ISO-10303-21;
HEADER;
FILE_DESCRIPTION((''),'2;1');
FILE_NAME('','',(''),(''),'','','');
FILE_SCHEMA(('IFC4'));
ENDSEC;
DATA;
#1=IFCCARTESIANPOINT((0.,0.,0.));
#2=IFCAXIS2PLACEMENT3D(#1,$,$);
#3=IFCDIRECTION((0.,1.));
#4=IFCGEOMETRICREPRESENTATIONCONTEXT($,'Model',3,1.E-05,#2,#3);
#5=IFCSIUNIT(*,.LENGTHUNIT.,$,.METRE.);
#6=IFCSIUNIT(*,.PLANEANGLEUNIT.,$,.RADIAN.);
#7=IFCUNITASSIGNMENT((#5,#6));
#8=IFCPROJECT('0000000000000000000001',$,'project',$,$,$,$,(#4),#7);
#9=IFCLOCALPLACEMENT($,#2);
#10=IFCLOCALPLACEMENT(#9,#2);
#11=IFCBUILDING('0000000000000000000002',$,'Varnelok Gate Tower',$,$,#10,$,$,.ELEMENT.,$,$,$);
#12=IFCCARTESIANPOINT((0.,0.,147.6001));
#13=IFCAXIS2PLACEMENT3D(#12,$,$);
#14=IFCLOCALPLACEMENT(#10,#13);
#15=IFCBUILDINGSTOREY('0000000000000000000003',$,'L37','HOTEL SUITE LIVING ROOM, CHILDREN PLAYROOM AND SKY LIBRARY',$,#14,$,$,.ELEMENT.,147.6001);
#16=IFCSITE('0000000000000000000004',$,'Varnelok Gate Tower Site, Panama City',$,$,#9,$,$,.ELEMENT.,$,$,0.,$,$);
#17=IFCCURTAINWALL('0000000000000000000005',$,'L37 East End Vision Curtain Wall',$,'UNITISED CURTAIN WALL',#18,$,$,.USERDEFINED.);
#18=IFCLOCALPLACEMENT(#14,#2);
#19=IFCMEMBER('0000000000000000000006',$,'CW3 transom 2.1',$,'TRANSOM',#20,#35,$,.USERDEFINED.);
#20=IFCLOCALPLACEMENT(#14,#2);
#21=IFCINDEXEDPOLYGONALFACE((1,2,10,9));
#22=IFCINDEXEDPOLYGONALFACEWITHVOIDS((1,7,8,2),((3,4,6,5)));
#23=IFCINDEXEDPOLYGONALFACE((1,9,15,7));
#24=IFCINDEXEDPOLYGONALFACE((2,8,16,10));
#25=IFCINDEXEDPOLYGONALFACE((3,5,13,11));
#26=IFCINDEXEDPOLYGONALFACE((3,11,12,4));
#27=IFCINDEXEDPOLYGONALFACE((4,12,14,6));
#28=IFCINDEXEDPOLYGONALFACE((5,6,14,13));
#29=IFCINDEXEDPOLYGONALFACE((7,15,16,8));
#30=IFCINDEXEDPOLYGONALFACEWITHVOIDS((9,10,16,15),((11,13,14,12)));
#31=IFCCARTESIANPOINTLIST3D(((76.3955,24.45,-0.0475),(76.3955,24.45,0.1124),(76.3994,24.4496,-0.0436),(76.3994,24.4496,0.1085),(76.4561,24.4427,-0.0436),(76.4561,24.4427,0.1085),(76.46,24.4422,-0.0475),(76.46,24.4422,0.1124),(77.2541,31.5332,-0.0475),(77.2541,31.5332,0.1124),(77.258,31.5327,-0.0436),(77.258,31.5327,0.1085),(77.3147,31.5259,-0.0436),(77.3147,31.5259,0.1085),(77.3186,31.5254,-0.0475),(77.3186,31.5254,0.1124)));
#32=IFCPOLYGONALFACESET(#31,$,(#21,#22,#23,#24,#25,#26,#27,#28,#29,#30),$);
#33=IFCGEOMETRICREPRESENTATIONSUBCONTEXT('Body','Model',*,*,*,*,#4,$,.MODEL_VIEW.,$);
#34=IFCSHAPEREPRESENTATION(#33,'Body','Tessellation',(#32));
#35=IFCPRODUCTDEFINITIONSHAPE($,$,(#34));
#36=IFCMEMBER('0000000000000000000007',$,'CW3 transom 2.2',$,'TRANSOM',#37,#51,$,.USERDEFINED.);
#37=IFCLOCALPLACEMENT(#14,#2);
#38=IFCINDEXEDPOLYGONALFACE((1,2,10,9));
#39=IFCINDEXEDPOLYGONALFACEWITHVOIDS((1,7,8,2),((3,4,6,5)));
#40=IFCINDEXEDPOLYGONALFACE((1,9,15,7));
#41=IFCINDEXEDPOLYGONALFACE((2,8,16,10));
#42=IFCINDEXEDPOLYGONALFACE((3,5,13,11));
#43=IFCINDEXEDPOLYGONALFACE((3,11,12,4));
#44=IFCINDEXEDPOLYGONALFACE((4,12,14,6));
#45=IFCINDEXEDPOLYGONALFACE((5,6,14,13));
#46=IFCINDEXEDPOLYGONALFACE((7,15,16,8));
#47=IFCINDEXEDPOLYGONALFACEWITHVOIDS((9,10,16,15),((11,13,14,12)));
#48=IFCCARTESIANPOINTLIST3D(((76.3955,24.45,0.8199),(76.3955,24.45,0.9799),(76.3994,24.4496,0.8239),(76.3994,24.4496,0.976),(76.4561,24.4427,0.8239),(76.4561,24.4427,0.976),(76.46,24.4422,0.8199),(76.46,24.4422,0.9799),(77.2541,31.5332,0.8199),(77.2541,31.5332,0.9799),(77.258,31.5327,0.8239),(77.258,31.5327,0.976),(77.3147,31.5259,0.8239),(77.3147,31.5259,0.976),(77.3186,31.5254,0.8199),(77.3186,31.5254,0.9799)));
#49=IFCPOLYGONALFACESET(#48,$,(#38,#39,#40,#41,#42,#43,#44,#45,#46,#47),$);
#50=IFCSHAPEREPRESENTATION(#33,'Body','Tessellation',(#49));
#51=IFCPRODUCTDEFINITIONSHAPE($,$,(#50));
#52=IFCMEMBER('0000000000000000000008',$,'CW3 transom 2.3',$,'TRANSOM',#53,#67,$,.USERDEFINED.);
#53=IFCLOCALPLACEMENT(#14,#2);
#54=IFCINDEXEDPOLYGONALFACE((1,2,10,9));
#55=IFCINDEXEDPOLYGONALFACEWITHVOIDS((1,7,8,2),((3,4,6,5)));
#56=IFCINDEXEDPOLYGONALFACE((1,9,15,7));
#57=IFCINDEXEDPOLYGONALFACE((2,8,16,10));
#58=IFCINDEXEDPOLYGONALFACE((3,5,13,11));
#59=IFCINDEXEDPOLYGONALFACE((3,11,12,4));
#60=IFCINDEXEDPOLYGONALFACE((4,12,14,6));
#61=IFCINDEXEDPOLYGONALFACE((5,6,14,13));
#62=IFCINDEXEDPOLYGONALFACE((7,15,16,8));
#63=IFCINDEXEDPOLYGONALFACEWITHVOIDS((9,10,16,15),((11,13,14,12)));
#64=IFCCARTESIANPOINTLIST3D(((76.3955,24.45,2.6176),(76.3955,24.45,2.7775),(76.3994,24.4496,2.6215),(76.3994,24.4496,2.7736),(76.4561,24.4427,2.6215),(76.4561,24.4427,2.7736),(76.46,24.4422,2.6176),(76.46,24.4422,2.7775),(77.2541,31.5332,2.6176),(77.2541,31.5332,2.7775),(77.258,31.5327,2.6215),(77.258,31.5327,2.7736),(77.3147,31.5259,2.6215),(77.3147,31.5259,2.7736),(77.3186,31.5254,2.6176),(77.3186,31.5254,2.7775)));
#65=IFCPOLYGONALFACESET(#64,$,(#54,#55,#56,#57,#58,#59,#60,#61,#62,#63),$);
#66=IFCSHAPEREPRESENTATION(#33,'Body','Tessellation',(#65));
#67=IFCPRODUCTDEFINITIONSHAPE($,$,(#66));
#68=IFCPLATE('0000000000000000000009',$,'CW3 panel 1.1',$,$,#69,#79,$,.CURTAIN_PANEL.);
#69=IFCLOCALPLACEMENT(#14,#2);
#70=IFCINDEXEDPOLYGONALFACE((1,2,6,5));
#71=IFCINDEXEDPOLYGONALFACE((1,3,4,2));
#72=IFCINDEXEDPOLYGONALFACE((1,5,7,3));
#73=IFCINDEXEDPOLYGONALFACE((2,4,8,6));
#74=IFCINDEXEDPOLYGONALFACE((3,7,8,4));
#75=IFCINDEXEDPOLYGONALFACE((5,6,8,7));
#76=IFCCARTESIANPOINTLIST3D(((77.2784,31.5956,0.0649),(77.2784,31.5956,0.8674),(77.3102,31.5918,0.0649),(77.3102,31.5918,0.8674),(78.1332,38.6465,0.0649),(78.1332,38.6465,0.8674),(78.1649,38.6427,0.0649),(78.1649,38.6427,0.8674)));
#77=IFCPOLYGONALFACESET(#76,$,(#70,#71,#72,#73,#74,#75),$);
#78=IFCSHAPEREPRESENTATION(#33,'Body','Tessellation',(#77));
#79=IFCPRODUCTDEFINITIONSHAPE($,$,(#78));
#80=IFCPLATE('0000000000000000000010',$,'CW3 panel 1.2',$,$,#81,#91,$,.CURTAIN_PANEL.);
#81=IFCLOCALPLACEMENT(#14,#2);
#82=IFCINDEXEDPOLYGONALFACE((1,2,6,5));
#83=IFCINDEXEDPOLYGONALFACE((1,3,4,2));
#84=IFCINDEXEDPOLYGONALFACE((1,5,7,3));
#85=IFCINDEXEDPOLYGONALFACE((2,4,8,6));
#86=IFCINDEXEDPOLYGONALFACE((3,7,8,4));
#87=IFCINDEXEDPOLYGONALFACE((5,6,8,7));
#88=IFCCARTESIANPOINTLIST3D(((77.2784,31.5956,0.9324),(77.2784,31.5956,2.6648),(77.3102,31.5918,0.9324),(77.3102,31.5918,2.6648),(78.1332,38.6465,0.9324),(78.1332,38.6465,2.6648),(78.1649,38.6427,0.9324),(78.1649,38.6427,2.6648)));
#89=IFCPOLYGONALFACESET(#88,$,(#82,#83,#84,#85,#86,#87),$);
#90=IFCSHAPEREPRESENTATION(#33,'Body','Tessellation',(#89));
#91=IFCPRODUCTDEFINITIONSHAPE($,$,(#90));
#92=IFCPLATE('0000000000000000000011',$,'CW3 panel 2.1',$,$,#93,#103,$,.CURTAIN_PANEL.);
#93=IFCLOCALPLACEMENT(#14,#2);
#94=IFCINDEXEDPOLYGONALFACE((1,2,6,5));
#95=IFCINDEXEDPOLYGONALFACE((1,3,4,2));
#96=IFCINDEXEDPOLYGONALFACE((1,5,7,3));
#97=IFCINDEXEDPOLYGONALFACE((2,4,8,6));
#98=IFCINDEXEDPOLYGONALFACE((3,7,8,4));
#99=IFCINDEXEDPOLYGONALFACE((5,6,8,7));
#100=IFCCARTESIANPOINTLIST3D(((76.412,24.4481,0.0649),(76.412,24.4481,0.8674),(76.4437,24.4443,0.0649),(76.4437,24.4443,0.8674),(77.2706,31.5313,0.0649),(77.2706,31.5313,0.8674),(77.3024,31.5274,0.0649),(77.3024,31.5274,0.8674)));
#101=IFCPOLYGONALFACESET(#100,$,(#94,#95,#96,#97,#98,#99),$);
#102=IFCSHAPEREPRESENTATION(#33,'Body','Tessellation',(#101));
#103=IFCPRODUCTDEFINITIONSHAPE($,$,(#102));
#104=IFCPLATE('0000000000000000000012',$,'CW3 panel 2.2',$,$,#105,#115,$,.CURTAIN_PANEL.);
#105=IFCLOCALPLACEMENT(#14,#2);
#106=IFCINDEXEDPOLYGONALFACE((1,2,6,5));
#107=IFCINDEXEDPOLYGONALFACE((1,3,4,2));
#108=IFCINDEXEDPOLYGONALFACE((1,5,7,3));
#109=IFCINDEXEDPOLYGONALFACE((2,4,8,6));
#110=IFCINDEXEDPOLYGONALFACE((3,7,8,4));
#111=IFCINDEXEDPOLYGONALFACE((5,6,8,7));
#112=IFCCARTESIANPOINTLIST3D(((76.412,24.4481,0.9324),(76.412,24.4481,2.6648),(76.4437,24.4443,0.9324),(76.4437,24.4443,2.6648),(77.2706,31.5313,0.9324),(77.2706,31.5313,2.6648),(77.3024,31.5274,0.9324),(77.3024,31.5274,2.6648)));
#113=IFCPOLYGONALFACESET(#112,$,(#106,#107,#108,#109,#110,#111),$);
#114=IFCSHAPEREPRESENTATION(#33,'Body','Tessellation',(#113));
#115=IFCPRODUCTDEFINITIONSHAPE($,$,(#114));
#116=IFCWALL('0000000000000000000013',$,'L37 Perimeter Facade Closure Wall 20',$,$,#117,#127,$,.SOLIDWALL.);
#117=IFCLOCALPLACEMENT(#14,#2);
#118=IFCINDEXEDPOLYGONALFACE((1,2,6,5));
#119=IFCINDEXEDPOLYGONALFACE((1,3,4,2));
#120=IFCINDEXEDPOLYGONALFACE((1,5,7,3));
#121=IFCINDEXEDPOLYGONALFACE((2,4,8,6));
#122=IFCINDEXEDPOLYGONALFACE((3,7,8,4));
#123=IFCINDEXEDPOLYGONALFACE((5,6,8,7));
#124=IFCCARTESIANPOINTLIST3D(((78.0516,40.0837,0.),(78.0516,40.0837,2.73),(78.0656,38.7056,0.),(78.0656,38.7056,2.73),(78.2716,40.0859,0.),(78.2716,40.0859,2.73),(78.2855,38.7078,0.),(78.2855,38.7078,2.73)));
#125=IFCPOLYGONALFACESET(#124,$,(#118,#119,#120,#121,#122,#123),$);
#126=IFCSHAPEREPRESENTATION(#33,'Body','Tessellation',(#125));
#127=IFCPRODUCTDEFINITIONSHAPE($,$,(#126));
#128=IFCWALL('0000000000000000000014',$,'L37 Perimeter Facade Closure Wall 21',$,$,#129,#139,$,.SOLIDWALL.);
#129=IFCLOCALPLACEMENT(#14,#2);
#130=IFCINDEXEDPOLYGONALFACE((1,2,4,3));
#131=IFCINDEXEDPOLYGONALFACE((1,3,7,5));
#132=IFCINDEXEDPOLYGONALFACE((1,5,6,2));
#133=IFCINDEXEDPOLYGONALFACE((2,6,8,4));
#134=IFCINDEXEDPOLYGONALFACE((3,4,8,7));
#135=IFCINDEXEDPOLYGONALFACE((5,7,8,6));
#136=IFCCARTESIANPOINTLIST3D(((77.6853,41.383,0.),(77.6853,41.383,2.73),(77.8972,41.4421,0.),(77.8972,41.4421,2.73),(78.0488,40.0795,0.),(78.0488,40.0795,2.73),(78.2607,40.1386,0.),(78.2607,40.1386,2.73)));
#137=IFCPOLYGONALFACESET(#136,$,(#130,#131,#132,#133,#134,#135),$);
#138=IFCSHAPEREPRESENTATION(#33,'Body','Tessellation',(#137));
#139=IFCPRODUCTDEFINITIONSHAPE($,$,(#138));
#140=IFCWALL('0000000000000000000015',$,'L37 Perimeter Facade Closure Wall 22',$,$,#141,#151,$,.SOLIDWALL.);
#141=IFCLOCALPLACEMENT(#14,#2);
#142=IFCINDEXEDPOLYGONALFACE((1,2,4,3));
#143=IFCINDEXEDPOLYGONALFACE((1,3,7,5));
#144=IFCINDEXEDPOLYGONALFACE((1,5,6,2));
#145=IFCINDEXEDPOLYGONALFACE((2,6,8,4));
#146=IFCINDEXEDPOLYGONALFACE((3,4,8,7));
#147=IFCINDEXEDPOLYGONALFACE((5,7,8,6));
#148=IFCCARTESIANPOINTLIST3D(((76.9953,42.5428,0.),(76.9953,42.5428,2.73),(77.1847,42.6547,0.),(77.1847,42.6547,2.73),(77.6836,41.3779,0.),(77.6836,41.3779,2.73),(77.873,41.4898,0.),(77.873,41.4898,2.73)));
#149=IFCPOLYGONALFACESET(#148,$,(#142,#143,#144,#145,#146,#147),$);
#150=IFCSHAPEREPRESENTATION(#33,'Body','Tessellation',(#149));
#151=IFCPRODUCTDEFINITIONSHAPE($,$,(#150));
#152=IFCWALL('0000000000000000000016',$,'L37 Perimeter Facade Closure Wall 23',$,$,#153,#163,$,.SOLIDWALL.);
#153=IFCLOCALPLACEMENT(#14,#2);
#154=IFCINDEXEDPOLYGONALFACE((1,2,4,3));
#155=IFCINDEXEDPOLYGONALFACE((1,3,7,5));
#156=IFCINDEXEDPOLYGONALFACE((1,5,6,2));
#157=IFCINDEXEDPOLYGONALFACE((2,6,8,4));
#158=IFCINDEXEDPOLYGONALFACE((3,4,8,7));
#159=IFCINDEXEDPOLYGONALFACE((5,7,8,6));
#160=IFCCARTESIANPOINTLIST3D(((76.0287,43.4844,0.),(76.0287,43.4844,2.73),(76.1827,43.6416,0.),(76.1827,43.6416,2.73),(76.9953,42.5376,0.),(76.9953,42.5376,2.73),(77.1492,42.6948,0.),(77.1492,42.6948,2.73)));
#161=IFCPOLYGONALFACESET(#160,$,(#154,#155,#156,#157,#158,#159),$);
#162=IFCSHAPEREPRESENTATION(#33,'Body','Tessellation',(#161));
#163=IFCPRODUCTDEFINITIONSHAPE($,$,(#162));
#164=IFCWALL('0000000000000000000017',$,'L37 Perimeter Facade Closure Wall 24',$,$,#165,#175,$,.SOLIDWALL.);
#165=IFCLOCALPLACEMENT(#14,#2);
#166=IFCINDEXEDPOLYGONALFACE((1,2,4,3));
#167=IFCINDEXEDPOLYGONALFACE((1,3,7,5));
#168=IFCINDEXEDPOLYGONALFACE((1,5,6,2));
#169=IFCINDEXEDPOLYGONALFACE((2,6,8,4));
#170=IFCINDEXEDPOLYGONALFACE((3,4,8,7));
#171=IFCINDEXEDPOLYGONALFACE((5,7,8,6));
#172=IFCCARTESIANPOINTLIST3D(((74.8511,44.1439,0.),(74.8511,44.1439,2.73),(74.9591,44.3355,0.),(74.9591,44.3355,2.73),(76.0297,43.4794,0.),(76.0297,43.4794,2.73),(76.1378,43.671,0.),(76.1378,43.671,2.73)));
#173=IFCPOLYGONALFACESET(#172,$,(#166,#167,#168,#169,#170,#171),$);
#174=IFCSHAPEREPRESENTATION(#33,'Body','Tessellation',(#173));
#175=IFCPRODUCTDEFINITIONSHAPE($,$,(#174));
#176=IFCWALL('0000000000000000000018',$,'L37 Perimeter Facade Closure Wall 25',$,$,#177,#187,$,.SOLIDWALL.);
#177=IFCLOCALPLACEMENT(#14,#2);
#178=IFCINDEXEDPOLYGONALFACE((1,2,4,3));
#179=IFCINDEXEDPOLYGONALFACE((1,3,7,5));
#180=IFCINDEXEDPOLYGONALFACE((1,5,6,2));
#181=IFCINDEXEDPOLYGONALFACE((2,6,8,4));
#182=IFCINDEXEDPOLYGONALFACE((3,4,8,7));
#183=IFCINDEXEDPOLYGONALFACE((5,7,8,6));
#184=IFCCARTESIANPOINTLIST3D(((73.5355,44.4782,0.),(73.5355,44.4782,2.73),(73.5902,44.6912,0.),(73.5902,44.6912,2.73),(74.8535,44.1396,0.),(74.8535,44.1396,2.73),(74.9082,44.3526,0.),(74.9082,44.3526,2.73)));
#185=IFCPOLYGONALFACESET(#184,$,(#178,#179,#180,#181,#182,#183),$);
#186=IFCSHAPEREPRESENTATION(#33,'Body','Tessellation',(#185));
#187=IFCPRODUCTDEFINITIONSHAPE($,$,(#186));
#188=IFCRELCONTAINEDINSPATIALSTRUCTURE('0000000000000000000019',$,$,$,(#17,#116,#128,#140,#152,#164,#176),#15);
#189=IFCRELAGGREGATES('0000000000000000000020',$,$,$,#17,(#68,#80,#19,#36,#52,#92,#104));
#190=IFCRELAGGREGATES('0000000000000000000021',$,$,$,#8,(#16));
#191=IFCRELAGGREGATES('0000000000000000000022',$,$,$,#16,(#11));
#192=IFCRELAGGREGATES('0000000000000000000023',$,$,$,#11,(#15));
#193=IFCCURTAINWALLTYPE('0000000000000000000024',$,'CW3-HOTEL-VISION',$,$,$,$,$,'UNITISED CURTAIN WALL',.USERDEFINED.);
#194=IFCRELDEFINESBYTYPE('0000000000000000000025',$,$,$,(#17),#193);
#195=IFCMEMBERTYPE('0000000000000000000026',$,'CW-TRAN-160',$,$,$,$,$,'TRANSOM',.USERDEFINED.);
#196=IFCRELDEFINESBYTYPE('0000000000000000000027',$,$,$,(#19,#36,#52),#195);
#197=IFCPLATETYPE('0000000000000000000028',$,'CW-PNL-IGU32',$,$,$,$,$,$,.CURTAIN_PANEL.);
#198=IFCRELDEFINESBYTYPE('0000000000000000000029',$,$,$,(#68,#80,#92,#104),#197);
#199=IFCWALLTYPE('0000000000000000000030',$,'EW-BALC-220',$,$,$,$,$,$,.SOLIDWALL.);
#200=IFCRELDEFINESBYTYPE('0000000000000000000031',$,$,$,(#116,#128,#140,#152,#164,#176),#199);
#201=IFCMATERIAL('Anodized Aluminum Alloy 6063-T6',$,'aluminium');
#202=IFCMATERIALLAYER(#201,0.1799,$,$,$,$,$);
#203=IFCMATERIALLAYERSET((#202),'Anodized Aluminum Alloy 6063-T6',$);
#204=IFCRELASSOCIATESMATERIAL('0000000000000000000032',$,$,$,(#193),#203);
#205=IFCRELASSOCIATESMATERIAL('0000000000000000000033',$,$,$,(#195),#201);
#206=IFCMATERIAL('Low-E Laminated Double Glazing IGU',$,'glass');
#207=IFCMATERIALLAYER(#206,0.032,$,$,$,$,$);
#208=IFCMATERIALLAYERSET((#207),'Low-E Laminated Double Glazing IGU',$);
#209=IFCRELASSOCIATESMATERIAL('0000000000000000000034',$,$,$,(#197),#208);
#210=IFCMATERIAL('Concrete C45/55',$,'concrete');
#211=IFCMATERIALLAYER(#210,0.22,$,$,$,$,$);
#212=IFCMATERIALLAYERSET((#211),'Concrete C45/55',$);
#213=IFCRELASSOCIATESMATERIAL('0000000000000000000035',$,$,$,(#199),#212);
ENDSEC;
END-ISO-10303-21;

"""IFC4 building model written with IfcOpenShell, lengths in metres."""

from ifc_helpers import new_model, si_unit, direction, frame, frame_2d, origin, origin_2d, place, context, subcontext, project, spatial, rectangle, hollow_rectangle, extrude, source, transform, mapped, material, layer, layer_set, material_profile, profile_set, type_object, element, aggregate, save


model = new_model("IFC4")

# Units and contexts
model_context = context("Model", 3, precision=1e-05, world=origin(), true_north=direction((0.0, 1.0)))
body_context = subcontext(model_context, "Body", "Model", "MODEL_VIEW")
ifc_project = project(units=[si_unit("LENGTHUNIT", "METRE"), si_unit("PLANEANGLEUNIT", "RADIAN")], contexts=[model_context])

# Site, building, storey
site_placement = place(None, origin())
site = spatial("IfcSite", under=ifc_project, at=site_placement, Name="Varnelok Gate Tower Site, Panama City", CompositionType="ELEMENT", RefElevation=0.0)
building_placement = place(site_placement, origin())
building = spatial("IfcBuilding", under=site, at=building_placement, Name="Varnelok Gate Tower", CompositionType="ELEMENT")
storey_placement = place(building_placement, frame((0.0, 0.0, 147.6001)))
storey = spatial("IfcBuildingStorey", under=building, at=storey_placement, Name="L37", Description="HOTEL SUITE LIVING ROOM, CHILDREN PLAYROOM AND SKY LIBRARY", CompositionType="ELEMENT", Elevation=147.6001)

# Curtain wall, members, plates
ifc_material_1 = material(Name="Anodized Aluminum Alloy 6063-T6", Category="aluminium")
ifc_layer_1 = layer(ifc_material_1, 0.1799)
ifc_layer_set_1 = layer_set([ifc_layer_1], Name="Anodized Aluminum Alloy 6063-T6")
curtain_wall_type = type_object("IfcCurtainWallType", Name="CW3-HOTEL-VISION", ElementType="UNITISED CURTAIN WALL", PredefinedType="USERDEFINED", material=ifc_layer_set_1)
curtain_wall_placement = place(storey_placement, origin())
curtain_wall = element("IfcCurtainWall", 1, at=curtain_wall_placement, inside=storey, type_object=curtain_wall_type, Name="L37 East End Vision Curtain Wall", ObjectType="UNITISED CURTAIN WALL", PredefinedType="USERDEFINED")
ifc_material_profile_1 = material_profile(ifc_material_1, hollow_rectangle(XDim=0.0649, YDim=0.1599, WallThickness=0.0039, at=origin_2d()), Name="ALU160X65X4")
ifc_profile_set_1 = profile_set([ifc_material_profile_1], Name="Anodized Aluminum Alloy 6063-T6")
member_type_1 = type_object("IfcMemberType", Name="CW-TRAN-160", ElementType="TRANSOM", PredefinedType="USERDEFINED", material=ifc_profile_set_1)
member_1_placement = place(storey_placement, frame((77.2864, 31.5293, 0.0325), z_axis=(-0.120341, -0.992733, 0.0), x_axis=(0.992733, -0.120341, 0.0)))
member_1 = element("IfcMember", 2, at=member_1_placement, type_object=member_type_1, Name="CW3 transom 2.1", ObjectType="TRANSOM", PredefinedType="USERDEFINED", context=body_context, shape_type="SweptSolid", body=[
    extrude(hollow_rectangle(XDim=0.0649, YDim=0.1599, WallThickness=0.0039, at=origin_2d()), origin(), (0.0, 0.0, 1.0), 7.135),
])
member_2_placement = place(storey_placement, frame((77.2864, 31.5293, 0.8999), z_axis=(-0.120341, -0.992733, 0.0), x_axis=(0.992733, -0.120341, 0.0)))
member_2 = element("IfcMember", 3, at=member_2_placement, type_object=member_type_1, Name="CW3 transom 2.2", ObjectType="TRANSOM", PredefinedType="USERDEFINED", context=body_context, shape_type="SweptSolid", body=[
    extrude(hollow_rectangle(XDim=0.0649, YDim=0.1599, WallThickness=0.0039, at=origin_2d()), origin(), (0.0, 0.0, 1.0), 7.135),
])
member_3_placement = place(storey_placement, frame((77.2864, 31.5293, 2.6975), z_axis=(-0.120341, -0.992733, 0.0), x_axis=(0.992733, -0.120341, 0.0)))
member_3 = element("IfcMember", 4, at=member_3_placement, type_object=member_type_1, Name="CW3 transom 2.3", ObjectType="TRANSOM", PredefinedType="USERDEFINED", context=body_context, shape_type="SweptSolid", body=[
    extrude(hollow_rectangle(XDim=0.0649, YDim=0.1599, WallThickness=0.0039, at=origin_2d()), origin(), (0.0, 0.0, 1.0), 7.135),
])
ifc_material_2 = material(Name="Low-E Laminated Double Glazing IGU", Category="glass")
ifc_layer_2 = layer(ifc_material_2, 0.032)
ifc_layer_set_2 = layer_set([ifc_layer_2], Name="Low-E Laminated Double Glazing IGU")
plate_type = type_object("IfcPlateType", Name="CW-PNL-IGU32", PredefinedType="CURTAIN_PANEL", material=ifc_layer_set_2)
shared_shape_1 = source(origin(), body_context, "Body", "SweptSolid", [
    extrude(rectangle(XDim=7.1025, YDim=0.032, at=origin_2d()), origin(), (0.0, 0.0, 1.0), 0.8025),
])
plate_1_placement = place(storey_placement, frame((77.7217, 35.1191, 0.0649), z_axis=(0.0, 0.0, 1.0), x_axis=(-0.120347, -0.992732, 0.0)))
plate_1 = element("IfcPlate", 5, at=plate_1_placement, type_object=plate_type, Name="CW3 panel 1.1", PredefinedType="CURTAIN_PANEL", context=body_context, shape_type="MappedRepresentation", body=[
    mapped(shared_shape_1, transform((0.0, 0.0, 0.0), scale=1.0)),
])
shared_shape_2 = source(origin(), body_context, "Body", "SweptSolid", [
    extrude(rectangle(XDim=7.1025, YDim=0.032, at=origin_2d()), origin(), (0.0, 0.0, 1.0), 1.7324),
])
plate_2_placement = place(storey_placement, frame((77.7217, 35.1191, 0.9324), z_axis=(0.0, 0.0, 1.0), x_axis=(-0.120347, -0.992732, 0.0)))
plate_2 = element("IfcPlate", 6, at=plate_2_placement, type_object=plate_type, Name="CW3 panel 1.2", PredefinedType="CURTAIN_PANEL", context=body_context, shape_type="MappedRepresentation", body=[
    mapped(shared_shape_2, transform((0.0, 0.0, 0.0), scale=1.0)),
])
shared_shape_3 = source(origin(), body_context, "Body", "SweptSolid", [
    extrude(rectangle(XDim=7.135, YDim=0.032, at=origin_2d()), origin(), (0.0, 0.0, 1.0), 0.8025),
])
plate_3_placement = place(storey_placement, frame((76.8572, 27.9878, 0.0649), z_axis=(0.0, 0.0, 1.0), x_axis=(-0.120347, -0.992732, 0.0)))
plate_3 = element("IfcPlate", 7, at=plate_3_placement, type_object=plate_type, Name="CW3 panel 2.1", PredefinedType="CURTAIN_PANEL", context=body_context, shape_type="MappedRepresentation", body=[
    mapped(shared_shape_3, transform((0.0, 0.0, 0.0), scale=1.0)),
])
shared_shape_4 = source(origin(), body_context, "Body", "SweptSolid", [
    extrude(rectangle(XDim=7.135, YDim=0.032, at=origin_2d()), origin(), (0.0, 0.0, 1.0), 1.7324),
])
plate_4_placement = place(storey_placement, frame((76.8572, 27.9878, 0.9324), z_axis=(0.0, 0.0, 1.0), x_axis=(-0.120347, -0.992732, 0.0)))
plate_4 = element("IfcPlate", 8, at=plate_4_placement, type_object=plate_type, Name="CW3 panel 2.2", PredefinedType="CURTAIN_PANEL", context=body_context, shape_type="MappedRepresentation", body=[
    mapped(shared_shape_4, transform((0.0, 0.0, 0.0), scale=1.0)),
])
aggregate(curtain_wall, [plate_1, plate_2, member_1, member_2, member_3, plate_3, plate_4])

# Walls
ifc_material_3 = material(Name="Concrete C45/55", Category="concrete")
ifc_layer_3 = layer(ifc_material_3, 0.22)
ifc_layer_set_3 = layer_set([ifc_layer_3], Name="Concrete C45/55")
wall_type_1 = type_object("IfcWallType", Name="EW-BALC-220", PredefinedType="SOLIDWALL", material=ifc_layer_set_3)
wall_1_placement = place(storey_placement, frame((78.1755, 38.7068, 0.0), z_axis=(0.0, 0.0, 1.0), x_axis=(-0.010097, 0.999949, 0.0)))
element("IfcWall", 9, at=wall_1_placement, inside=storey, type_object=wall_type_1, Name="L37 Perimeter Facade Closure Wall 20", PredefinedType="SOLIDWALL", context=body_context, shape_type="SweptSolid", body=[
    extrude(rectangle(XDim=1.3782, YDim=0.22, at=frame_2d((0.689, 0.0))), origin(), (0.0, 0.0, 1.0), 2.73),
])
wall_2_placement = place(storey_placement, frame((78.1548, 40.1089, 0.0), z_axis=(0.0, 0.0, 1.0), x_axis=(-0.268639, 0.963241, 0.0)))
element("IfcWall", 10, at=wall_2_placement, inside=storey, type_object=wall_type_1, Name="L37 Perimeter Facade Closure Wall 21", PredefinedType="SOLIDWALL", context=body_context, shape_type="SweptSolid", body=[
    extrude(rectangle(XDim=1.3533, YDim=0.22, at=frame_2d((0.6768, 0.0))), origin(), (0.0, 0.0, 1.0), 2.73),
])
for number, where, z_axis, x_axis, name in (
    (11, (77.7783, 41.4338, 0.0), (0.0, 0.0, 1.0), (-0.508699, 0.860944, 0.0), "L37 Perimeter Facade Closure Wall 22"),
    (12, (77.0723, 42.6162, 0.0), (0.0, 0.0, 1.0), (-0.714377, 0.699761, 0.0), "L37 Perimeter Facade Closure Wall 23"),
    (13, (76.0837, 43.5752, 0.0), (0.0, 0.0, 1.0), (-0.871093, 0.491118, 0.0), "L37 Perimeter Facade Closure Wall 24"),
):
    element("IfcWall", number, at=place(storey_placement, frame(where, z_axis=z_axis, x_axis=x_axis)), inside=storey, type_object=wall_type_1, Name=name, PredefinedType="SOLIDWALL", context=body_context, shape_type="SweptSolid", body=[
        extrude(rectangle(XDim=1.353, YDim=0.22, at=frame_2d((0.6765, 0.0))), origin(), (0.0, 0.0, 1.0), 2.73),
    ])
wall_3_placement = place(storey_placement, frame((74.8809, 44.2461, 0.0), z_axis=(0.0, 0.0, 1.0), x_axis=(-0.96855, 0.24882, 0.0)))
element("IfcWall", 14, at=wall_3_placement, inside=storey, type_object=wall_type_1, Name="L37 Perimeter Facade Closure Wall 25", PredefinedType="SOLIDWALL", context=body_context, shape_type="SweptSolid", body=[
    extrude(rectangle(XDim=1.3608, YDim=0.22, at=frame_2d((0.6804, 0.0))), origin(), (0.0, 0.0, 1.0), 2.73),
])

save(model, "model.ifc")
